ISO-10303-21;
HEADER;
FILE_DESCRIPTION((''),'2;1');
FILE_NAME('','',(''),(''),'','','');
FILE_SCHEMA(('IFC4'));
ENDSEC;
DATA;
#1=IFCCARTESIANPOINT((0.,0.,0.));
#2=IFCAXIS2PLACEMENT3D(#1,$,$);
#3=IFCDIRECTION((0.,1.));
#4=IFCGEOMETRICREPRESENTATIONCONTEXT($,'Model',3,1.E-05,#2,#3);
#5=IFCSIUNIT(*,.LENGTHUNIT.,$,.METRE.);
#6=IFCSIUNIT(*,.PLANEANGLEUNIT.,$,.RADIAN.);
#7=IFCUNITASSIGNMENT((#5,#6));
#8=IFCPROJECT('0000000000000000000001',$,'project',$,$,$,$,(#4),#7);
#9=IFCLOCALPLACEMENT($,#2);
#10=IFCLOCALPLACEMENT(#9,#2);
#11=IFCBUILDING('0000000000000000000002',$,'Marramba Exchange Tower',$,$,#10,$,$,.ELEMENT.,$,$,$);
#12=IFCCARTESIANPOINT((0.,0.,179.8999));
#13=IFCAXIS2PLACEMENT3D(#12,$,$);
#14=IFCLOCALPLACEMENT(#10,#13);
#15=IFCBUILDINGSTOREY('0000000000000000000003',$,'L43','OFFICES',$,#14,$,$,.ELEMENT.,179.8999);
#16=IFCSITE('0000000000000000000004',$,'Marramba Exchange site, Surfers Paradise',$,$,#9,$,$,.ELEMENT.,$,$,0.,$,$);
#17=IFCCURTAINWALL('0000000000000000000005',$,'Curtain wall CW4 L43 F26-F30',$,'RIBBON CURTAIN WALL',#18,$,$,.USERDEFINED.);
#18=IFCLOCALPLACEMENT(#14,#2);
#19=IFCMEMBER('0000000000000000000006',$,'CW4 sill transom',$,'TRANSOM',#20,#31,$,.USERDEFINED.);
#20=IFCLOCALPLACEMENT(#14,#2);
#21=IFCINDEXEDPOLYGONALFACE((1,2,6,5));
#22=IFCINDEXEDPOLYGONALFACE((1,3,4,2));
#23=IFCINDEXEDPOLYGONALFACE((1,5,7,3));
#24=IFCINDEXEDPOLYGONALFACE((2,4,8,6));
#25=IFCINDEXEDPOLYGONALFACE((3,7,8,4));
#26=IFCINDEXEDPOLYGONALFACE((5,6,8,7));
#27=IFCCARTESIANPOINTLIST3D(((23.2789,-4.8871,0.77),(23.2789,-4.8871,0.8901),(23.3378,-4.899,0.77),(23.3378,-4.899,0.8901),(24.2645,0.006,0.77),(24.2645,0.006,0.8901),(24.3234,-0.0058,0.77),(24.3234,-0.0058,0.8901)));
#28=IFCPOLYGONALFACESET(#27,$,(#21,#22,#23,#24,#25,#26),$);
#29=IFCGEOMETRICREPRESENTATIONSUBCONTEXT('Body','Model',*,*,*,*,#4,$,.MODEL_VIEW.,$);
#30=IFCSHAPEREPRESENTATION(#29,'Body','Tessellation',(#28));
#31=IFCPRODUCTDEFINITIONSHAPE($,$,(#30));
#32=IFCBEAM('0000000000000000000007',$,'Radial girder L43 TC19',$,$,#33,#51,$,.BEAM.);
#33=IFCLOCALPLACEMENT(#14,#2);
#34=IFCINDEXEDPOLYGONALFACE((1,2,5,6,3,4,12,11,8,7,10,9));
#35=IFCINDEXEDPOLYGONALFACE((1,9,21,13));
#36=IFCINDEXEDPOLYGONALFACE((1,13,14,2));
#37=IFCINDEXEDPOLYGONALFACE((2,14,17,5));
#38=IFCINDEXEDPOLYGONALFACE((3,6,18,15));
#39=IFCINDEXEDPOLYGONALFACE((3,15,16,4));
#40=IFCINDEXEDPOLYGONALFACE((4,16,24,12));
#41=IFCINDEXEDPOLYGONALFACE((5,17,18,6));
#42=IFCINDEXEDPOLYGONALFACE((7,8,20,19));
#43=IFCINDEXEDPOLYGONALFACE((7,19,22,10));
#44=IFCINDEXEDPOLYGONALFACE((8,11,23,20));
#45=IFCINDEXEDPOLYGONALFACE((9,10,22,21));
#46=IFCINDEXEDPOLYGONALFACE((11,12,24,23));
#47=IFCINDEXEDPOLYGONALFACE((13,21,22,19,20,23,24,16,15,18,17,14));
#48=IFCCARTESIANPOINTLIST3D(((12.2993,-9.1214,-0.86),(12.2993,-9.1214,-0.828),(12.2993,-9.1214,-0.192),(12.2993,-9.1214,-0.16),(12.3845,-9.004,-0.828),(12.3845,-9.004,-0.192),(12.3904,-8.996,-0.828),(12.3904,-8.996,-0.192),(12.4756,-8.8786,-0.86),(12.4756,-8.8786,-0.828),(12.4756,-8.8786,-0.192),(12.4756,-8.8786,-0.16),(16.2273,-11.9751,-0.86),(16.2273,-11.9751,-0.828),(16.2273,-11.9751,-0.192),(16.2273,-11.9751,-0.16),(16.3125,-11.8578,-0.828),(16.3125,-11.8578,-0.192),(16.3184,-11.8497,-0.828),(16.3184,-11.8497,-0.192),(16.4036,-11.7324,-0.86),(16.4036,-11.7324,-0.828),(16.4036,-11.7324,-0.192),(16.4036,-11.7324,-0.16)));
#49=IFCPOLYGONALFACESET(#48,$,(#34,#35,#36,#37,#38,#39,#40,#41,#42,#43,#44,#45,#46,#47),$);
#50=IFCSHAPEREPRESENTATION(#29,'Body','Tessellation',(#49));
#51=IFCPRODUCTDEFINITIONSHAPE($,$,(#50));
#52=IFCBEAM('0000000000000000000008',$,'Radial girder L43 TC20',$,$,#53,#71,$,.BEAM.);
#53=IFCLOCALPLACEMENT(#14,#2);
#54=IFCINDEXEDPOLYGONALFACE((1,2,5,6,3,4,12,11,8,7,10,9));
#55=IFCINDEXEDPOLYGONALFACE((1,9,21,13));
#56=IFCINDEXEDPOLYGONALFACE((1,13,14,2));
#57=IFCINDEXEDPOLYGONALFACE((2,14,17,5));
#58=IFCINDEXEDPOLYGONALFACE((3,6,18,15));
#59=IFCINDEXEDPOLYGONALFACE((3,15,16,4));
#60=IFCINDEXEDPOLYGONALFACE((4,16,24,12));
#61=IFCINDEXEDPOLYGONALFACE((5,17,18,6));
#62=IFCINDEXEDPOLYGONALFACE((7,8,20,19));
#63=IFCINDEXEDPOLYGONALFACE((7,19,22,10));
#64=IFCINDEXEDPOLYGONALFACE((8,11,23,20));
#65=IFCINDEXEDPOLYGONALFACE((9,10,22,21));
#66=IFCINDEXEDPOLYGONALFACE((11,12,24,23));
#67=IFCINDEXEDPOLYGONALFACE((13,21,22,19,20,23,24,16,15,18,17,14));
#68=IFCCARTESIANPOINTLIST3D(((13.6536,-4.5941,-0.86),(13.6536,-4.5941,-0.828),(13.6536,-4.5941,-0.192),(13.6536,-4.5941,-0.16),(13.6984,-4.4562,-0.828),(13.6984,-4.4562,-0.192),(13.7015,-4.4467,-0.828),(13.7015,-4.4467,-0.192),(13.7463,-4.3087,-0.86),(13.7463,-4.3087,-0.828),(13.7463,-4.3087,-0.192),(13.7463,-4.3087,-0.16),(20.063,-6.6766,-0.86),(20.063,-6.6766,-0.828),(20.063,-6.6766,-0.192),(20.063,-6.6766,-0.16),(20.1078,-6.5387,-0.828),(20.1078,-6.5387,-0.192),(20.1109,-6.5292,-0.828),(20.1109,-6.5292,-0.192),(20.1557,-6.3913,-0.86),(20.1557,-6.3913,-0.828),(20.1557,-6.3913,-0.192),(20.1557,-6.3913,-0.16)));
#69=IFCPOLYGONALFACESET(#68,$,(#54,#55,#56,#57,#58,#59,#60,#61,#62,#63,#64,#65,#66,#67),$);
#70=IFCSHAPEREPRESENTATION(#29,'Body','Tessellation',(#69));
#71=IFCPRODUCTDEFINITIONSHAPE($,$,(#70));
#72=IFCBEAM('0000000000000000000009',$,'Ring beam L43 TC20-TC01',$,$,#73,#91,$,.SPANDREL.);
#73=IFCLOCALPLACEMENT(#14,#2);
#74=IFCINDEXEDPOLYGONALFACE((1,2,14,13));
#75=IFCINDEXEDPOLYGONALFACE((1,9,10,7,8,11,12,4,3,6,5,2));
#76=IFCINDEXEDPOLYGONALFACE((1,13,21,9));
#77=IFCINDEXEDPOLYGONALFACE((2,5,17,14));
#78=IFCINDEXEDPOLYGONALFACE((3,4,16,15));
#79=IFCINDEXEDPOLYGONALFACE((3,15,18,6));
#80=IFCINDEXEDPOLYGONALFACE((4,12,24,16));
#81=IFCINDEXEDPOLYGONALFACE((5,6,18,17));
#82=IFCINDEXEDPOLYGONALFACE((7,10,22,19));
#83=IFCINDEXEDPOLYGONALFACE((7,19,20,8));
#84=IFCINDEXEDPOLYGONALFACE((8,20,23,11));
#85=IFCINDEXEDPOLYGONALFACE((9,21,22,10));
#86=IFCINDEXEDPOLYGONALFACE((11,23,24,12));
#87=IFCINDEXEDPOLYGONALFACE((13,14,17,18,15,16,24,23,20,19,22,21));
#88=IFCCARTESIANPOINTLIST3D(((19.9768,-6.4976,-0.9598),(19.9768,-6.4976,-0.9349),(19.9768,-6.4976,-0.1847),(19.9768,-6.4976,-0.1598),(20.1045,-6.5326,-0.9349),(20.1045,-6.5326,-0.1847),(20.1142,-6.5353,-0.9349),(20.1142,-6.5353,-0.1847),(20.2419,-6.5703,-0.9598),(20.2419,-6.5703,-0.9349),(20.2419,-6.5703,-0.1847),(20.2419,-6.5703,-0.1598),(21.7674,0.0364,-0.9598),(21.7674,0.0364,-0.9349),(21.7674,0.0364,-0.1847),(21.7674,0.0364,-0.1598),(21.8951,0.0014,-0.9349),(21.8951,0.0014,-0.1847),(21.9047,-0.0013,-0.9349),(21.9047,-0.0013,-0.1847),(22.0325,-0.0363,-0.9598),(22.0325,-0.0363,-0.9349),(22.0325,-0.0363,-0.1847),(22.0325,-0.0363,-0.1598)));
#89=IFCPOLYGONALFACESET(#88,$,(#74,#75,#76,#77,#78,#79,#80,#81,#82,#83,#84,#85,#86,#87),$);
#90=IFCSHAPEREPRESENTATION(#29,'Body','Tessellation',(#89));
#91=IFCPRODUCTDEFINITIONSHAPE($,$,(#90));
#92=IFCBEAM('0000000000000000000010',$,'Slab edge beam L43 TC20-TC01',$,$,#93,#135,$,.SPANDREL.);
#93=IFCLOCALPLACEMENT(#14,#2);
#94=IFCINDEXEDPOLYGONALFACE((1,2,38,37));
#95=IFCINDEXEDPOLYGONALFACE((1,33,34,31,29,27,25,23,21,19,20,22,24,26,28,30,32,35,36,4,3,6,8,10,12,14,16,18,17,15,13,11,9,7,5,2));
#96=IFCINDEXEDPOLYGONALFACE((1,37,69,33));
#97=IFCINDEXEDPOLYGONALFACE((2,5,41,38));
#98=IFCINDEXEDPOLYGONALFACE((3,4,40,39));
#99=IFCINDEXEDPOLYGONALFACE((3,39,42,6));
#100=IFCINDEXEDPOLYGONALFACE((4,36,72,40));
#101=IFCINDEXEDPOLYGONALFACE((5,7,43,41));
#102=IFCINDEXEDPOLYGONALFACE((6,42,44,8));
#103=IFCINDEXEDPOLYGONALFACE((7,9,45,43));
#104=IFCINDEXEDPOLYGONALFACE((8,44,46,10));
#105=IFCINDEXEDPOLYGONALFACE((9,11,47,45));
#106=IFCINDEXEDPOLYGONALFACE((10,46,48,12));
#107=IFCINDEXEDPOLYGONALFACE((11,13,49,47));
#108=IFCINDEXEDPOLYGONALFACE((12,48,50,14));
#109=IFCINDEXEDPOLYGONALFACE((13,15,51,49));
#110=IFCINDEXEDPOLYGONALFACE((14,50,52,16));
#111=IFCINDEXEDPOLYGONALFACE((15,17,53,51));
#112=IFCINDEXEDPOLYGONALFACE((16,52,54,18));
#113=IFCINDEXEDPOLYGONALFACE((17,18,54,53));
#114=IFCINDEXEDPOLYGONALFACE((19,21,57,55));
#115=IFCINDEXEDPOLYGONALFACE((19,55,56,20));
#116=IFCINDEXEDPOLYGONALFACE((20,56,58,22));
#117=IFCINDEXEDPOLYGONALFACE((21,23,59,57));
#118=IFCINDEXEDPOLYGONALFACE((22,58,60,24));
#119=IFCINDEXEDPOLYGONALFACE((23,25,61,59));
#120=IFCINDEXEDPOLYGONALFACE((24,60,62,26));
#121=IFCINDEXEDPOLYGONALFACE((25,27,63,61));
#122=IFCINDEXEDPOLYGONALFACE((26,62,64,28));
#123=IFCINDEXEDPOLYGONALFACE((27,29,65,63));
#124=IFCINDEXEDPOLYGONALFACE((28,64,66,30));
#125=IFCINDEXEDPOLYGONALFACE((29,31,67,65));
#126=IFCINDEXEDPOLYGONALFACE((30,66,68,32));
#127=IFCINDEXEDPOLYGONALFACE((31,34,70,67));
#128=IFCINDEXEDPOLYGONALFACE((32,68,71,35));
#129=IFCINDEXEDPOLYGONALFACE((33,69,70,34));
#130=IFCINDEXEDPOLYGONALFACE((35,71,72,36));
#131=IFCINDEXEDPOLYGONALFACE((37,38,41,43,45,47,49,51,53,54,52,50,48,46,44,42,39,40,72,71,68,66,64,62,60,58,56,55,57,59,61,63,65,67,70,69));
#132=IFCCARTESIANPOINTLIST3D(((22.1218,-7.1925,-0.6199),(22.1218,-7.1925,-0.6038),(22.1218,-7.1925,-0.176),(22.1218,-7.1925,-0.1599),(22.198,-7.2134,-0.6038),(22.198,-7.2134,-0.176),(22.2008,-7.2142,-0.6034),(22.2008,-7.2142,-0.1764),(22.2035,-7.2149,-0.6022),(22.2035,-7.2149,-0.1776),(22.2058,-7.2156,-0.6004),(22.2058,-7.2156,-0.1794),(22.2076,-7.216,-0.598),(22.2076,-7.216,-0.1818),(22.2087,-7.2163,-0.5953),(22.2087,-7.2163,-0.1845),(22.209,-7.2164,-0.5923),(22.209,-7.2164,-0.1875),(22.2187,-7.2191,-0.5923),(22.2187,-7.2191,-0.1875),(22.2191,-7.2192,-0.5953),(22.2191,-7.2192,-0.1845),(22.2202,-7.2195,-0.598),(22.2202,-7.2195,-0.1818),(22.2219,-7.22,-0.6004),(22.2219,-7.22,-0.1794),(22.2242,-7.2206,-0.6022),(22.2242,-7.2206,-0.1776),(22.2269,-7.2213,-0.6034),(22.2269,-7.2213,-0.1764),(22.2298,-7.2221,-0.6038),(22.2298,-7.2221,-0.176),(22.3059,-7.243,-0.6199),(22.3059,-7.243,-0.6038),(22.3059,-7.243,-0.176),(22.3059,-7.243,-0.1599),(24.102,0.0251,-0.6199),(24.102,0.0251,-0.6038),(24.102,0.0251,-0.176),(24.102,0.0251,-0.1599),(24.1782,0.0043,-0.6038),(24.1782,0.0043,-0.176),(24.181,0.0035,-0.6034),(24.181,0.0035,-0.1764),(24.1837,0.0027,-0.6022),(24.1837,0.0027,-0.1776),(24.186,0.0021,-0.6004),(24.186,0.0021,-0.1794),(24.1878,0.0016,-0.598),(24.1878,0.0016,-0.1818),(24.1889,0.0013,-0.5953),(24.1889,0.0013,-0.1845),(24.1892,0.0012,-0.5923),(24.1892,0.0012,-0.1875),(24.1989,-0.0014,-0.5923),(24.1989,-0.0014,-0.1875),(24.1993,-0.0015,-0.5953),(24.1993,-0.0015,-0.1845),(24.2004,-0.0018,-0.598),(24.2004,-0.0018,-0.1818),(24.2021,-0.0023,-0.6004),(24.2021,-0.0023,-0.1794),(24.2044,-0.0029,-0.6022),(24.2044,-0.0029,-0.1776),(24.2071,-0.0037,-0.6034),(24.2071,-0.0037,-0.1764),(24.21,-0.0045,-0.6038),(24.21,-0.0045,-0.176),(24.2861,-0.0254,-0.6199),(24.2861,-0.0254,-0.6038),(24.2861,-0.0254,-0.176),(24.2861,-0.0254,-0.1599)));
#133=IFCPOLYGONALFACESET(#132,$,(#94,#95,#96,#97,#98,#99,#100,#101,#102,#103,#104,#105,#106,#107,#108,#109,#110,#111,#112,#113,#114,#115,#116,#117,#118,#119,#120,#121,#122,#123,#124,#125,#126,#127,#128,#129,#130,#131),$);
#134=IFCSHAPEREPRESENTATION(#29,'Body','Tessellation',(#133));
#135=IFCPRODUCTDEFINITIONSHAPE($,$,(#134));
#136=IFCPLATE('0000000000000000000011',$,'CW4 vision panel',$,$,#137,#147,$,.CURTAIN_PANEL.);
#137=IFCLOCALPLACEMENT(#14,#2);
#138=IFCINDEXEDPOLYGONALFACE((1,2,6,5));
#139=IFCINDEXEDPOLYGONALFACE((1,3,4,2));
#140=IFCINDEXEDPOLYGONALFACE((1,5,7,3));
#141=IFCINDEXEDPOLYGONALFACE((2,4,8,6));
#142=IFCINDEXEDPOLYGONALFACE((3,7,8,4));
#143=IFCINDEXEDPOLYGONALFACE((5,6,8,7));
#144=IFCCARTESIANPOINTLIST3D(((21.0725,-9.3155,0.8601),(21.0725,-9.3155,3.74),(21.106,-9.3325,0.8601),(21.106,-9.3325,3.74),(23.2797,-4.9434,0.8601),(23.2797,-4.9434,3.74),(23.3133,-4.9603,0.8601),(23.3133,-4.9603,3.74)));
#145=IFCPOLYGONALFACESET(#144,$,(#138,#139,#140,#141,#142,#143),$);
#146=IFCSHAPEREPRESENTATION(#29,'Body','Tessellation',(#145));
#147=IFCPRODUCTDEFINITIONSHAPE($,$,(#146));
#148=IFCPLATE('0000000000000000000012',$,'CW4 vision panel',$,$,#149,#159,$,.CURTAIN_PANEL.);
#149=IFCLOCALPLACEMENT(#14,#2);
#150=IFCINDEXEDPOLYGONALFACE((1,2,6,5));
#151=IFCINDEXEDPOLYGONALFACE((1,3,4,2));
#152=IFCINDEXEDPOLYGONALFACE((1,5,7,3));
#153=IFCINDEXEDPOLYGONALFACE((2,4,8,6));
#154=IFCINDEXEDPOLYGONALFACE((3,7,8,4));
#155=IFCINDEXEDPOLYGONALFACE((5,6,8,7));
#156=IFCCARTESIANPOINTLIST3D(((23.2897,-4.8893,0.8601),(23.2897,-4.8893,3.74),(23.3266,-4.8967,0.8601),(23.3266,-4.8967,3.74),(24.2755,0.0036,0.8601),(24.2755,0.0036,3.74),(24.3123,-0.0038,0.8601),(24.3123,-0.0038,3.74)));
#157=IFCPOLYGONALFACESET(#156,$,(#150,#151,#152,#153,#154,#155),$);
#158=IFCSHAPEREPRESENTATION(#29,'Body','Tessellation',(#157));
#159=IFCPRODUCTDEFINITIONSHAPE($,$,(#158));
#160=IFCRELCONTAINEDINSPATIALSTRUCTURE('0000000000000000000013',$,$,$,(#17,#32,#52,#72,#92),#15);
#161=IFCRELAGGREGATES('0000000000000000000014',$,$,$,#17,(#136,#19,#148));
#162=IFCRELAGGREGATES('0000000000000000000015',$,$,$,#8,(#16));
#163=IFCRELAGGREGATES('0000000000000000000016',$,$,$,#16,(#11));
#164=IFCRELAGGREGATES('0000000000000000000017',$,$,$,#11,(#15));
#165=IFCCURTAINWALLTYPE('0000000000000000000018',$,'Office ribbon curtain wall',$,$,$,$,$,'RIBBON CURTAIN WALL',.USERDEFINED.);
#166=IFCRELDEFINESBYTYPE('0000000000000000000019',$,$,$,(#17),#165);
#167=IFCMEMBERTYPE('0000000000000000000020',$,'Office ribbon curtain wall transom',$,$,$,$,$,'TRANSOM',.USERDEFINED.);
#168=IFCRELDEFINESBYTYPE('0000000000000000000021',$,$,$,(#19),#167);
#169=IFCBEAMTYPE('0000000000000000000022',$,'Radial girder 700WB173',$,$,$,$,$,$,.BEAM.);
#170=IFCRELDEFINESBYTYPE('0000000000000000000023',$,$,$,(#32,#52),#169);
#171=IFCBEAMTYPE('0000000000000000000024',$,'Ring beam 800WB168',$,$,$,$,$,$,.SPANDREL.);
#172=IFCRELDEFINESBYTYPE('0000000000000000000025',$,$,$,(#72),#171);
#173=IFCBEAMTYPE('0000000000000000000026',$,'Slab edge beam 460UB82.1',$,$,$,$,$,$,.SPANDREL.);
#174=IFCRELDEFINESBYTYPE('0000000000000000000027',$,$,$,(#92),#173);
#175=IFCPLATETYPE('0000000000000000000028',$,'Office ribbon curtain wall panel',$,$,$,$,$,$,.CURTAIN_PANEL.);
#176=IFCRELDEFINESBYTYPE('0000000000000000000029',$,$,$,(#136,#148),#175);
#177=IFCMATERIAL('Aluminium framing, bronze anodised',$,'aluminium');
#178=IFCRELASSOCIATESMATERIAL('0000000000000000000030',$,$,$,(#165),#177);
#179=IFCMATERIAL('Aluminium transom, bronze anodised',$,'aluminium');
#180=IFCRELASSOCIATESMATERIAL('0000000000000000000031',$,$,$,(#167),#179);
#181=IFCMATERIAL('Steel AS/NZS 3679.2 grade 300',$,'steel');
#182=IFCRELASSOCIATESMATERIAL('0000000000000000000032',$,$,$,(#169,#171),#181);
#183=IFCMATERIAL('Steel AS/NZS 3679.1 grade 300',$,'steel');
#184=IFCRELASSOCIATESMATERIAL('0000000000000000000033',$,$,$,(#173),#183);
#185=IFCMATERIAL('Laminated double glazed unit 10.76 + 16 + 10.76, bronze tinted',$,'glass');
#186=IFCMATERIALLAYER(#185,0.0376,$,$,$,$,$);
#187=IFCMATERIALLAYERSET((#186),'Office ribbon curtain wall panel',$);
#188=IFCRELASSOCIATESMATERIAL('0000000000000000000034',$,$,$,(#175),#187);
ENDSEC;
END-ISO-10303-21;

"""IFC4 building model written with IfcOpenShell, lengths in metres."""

from ifc_helpers import new_model, si_unit, direction, frame, origin, origin_2d, place, context, subcontext, project, spatial, rectangle, i_section, extrude, material, layer, layer_set, material_profile, profile_set, type_object, element, aggregate, save


model = new_model("IFC4")

# Units and contexts
model_context = context("Model", 3, precision=1e-05, world=origin(), true_north=direction((0.0, 1.0)))
body_context = subcontext(model_context, "Body", "Model", "MODEL_VIEW")
ifc_project = project(units=[si_unit("LENGTHUNIT", "METRE"), si_unit("PLANEANGLEUNIT", "RADIAN")], contexts=[model_context])

# Site, building, storey
site_placement = place(None, origin())
site = spatial("IfcSite", under=ifc_project, at=site_placement, Name="Marramba Exchange site, Surfers Paradise", CompositionType="ELEMENT", RefElevation=0.0)
building_placement = place(site_placement, origin())
building = spatial("IfcBuilding", under=site, at=building_placement, Name="Marramba Exchange Tower", CompositionType="ELEMENT")
storey_placement = place(building_placement, frame((0.0, 0.0, 179.8999)))
storey = spatial("IfcBuildingStorey", under=building, at=storey_placement, Name="L43", Description="OFFICES", CompositionType="ELEMENT", Elevation=179.8999)

# Shared definitions
ifc_material_1 = material(Name="Steel AS/NZS 3679.2 grade 300", Category="steel")
ifc_material_2 = material(Name="Steel AS/NZS 3679.1 grade 300", Category="steel")

# Curtain wall, member
ifc_material_3 = material(Name="Aluminium framing, bronze anodised", Category="aluminium")
curtain_wall_type = type_object("IfcCurtainWallType", Name="Office ribbon curtain wall", ElementType="RIBBON CURTAIN WALL", PredefinedType="USERDEFINED", material=ifc_material_3)
curtain_wall_placement = place(storey_placement, origin())
curtain_wall = element("IfcCurtainWall", 1, at=curtain_wall_placement, inside=storey, type_object=curtain_wall_type, Name="Curtain wall CW4 L43 F26-F30", ObjectType="RIBBON CURTAIN WALL", PredefinedType="USERDEFINED")
ifc_material_4 = material(Name="Aluminium transom, bronze anodised", Category="aluminium")
ifc_material_profile_1 = material_profile(ifc_material_4, rectangle(XDim=0.0601, YDim=0.1201, at=origin_2d()), Name="CW4 transom 60x120")
ifc_profile_set_1 = profile_set([ifc_material_profile_1], Name="Aluminium transom, bronze anodised")
member_type_1 = type_object("IfcMemberType", Name="Office ribbon curtain wall transom", ElementType="TRANSOM", PredefinedType="USERDEFINED", material=ifc_profile_set_1)
member_1_placement = place(storey_placement, frame((23.3083, -4.8931, 0.8301), z_axis=(0.197461, 0.980311, 0.0), x_axis=(-0.980311, 0.197461, 0.0)))
member_1 = element("IfcMember", 2, at=member_1_placement, type_object=member_type_1, Name="CW4 sill transom", ObjectType="TRANSOM", PredefinedType="USERDEFINED", context=body_context, shape_type="SweptSolid", body=[
    extrude(rectangle(XDim=0.0601, YDim=0.1201, at=origin_2d()), origin(), (0.0, 0.0, 1.0), 4.9915),
])

# Beams
ifc_material_profile_2 = material_profile(ifc_material_1, i_section(OverallWidth=0.3, OverallDepth=0.7, WebThickness=0.01, FlangeThickness=0.032, at=origin_2d()), Name="700WB173")
ifc_profile_set_2 = profile_set([ifc_material_profile_2], Name="Steel AS/NZS 3679.2 grade 300")
beam_type_1 = type_object("IfcBeamType", Name="Radial girder 700WB173", PredefinedType="BEAM", material=ifc_profile_set_2)
beam_1_placement = place(storey_placement, frame((12.3875, -9.0, -0.51), z_axis=(0.809025, -0.587774, 0.0), x_axis=(0.587774, 0.809025, 0.0)))
element("IfcBeam", 3, at=beam_1_placement, inside=storey, type_object=beam_type_1, Name="Radial girder L43 TC19", PredefinedType="BEAM", context=body_context, shape_type="SweptSolid", body=[
    extrude(i_section(OverallWidth=0.3, OverallDepth=0.7, WebThickness=0.01, FlangeThickness=0.032, at=origin_2d()), origin(), (0.0, 0.0, 1.0), 4.8552),
])
beam_2_placement = place(storey_placement, frame((13.7, -4.4514, -0.51), z_axis=(0.951058, -0.309013, 0.0), x_axis=(0.309013, 0.951058, 0.0)))
element("IfcBeam", 4, at=beam_2_placement, inside=storey, type_object=beam_type_1, Name="Radial girder L43 TC20", PredefinedType="BEAM", context=body_context, shape_type="SweptSolid", body=[
    extrude(i_section(OverallWidth=0.3, OverallDepth=0.7, WebThickness=0.01, FlangeThickness=0.032, at=origin_2d()), origin(), (0.0, 0.0, 1.0), 6.7393),
])
ifc_material_profile_3 = material_profile(ifc_material_1, i_section(OverallWidth=0.2749, OverallDepth=0.8, WebThickness=0.01, FlangeThickness=0.0249, at=origin_2d()), Name="800WB168")
ifc_profile_set_3 = profile_set([ifc_material_profile_3], Name="Steel AS/NZS 3679.2 grade 300")
beam_type_2 = type_object("IfcBeamType", Name="Ring beam 800WB168", PredefinedType="SPANDREL", material=ifc_profile_set_3)
beam_3_placement = place(storey_placement, frame((20.1094, -6.5339, -0.5598), z_axis=(0.264291, 0.964443, 0.0), x_axis=(-0.964443, 0.264291, 0.0)))
element("IfcBeam", 5, at=beam_3_placement, inside=storey, type_object=beam_type_2, Name="Ring beam L43 TC20-TC01", PredefinedType="SPANDREL", context=body_context, shape_type="SweptSolid", body=[
    extrude(i_section(OverallWidth=0.2749, OverallDepth=0.8, WebThickness=0.01, FlangeThickness=0.0249, at=origin_2d()), origin(), (0.0, 0.0, 1.0), 6.7749),
])
ifc_material_profile_4 = material_profile(ifc_material_2, i_section(OverallWidth=0.1909, OverallDepth=0.46, WebThickness=0.01, FlangeThickness=0.0161, FilletRadius=0.0115, at=origin_2d()), Name="460UB82.1")
ifc_profile_set_4 = profile_set([ifc_material_profile_4], Name="Steel AS/NZS 3679.1 grade 300")
beam_type_3 = type_object("IfcBeamType", Name="Slab edge beam 460UB82.1", PredefinedType="SPANDREL", material=ifc_profile_set_4)
beam_4_placement = place(storey_placement, frame((22.2139, -7.2178, -0.3899), z_axis=(0.264577, 0.964365, 0.0), x_axis=(-0.964365, 0.264577, 0.0)))
element("IfcBeam", 6, at=beam_4_placement, inside=storey, type_object=beam_type_3, Name="Slab edge beam L43 TC20-TC01", PredefinedType="SPANDREL", context=body_context, shape_type="SweptSolid", body=[
    extrude(i_section(OverallWidth=0.1909, OverallDepth=0.46, WebThickness=0.01, FlangeThickness=0.0161, FilletRadius=0.0115, at=origin_2d()), origin(), (0.0, 0.0, 1.0), 7.4844),
])

# Plates
ifc_material_5 = material(Name="Laminated double glazed unit 10.76 + 16 + 10.76, bronze tinted", Category="glass")
ifc_layer_1 = layer(ifc_material_5, 0.0376)
ifc_layer_set_1 = layer_set([ifc_layer_1], Name="Office ribbon curtain wall panel")
plate_type = type_object("IfcPlateType", Name="Office ribbon curtain wall panel", PredefinedType="CURTAIN_PANEL", material=ifc_layer_set_1)
plate_1_placement = place(storey_placement, frame((22.1929, -7.1379, 0.8601), z_axis=(0.0, 0.0, 1.0), x_axis=(0.450673, 0.892689, 0.0)))
plate_1 = element("IfcPlate", 7, at=plate_1_placement, type_object=plate_type, Name="CW4 vision panel", PredefinedType="CURTAIN_PANEL", context=body_context, shape_type="SweptSolid", body=[
    extrude(rectangle(XDim=4.8977, YDim=0.0376, at=origin_2d()), origin(), (0.0, 0.0, 1.0), 2.8799),
])
plate_2_placement = place(storey_placement, frame((23.801, -2.4465, 0.8601), z_axis=(0.0, 0.0, 1.0), x_axis=(0.197495, 0.980304, 0.0)))
plate_2 = element("IfcPlate", 8, at=plate_2_placement, type_object=plate_type, Name="CW4 vision panel", PredefinedType="CURTAIN_PANEL", context=body_context, shape_type="SweptSolid", body=[
    extrude(rectangle(XDim=4.9912, YDim=0.0376, at=origin_2d()), origin(), (0.0, 0.0, 1.0), 2.8799),
])
aggregate(curtain_wall, [plate_1, member_1, plate_2])

save(model, "model.ifc")
